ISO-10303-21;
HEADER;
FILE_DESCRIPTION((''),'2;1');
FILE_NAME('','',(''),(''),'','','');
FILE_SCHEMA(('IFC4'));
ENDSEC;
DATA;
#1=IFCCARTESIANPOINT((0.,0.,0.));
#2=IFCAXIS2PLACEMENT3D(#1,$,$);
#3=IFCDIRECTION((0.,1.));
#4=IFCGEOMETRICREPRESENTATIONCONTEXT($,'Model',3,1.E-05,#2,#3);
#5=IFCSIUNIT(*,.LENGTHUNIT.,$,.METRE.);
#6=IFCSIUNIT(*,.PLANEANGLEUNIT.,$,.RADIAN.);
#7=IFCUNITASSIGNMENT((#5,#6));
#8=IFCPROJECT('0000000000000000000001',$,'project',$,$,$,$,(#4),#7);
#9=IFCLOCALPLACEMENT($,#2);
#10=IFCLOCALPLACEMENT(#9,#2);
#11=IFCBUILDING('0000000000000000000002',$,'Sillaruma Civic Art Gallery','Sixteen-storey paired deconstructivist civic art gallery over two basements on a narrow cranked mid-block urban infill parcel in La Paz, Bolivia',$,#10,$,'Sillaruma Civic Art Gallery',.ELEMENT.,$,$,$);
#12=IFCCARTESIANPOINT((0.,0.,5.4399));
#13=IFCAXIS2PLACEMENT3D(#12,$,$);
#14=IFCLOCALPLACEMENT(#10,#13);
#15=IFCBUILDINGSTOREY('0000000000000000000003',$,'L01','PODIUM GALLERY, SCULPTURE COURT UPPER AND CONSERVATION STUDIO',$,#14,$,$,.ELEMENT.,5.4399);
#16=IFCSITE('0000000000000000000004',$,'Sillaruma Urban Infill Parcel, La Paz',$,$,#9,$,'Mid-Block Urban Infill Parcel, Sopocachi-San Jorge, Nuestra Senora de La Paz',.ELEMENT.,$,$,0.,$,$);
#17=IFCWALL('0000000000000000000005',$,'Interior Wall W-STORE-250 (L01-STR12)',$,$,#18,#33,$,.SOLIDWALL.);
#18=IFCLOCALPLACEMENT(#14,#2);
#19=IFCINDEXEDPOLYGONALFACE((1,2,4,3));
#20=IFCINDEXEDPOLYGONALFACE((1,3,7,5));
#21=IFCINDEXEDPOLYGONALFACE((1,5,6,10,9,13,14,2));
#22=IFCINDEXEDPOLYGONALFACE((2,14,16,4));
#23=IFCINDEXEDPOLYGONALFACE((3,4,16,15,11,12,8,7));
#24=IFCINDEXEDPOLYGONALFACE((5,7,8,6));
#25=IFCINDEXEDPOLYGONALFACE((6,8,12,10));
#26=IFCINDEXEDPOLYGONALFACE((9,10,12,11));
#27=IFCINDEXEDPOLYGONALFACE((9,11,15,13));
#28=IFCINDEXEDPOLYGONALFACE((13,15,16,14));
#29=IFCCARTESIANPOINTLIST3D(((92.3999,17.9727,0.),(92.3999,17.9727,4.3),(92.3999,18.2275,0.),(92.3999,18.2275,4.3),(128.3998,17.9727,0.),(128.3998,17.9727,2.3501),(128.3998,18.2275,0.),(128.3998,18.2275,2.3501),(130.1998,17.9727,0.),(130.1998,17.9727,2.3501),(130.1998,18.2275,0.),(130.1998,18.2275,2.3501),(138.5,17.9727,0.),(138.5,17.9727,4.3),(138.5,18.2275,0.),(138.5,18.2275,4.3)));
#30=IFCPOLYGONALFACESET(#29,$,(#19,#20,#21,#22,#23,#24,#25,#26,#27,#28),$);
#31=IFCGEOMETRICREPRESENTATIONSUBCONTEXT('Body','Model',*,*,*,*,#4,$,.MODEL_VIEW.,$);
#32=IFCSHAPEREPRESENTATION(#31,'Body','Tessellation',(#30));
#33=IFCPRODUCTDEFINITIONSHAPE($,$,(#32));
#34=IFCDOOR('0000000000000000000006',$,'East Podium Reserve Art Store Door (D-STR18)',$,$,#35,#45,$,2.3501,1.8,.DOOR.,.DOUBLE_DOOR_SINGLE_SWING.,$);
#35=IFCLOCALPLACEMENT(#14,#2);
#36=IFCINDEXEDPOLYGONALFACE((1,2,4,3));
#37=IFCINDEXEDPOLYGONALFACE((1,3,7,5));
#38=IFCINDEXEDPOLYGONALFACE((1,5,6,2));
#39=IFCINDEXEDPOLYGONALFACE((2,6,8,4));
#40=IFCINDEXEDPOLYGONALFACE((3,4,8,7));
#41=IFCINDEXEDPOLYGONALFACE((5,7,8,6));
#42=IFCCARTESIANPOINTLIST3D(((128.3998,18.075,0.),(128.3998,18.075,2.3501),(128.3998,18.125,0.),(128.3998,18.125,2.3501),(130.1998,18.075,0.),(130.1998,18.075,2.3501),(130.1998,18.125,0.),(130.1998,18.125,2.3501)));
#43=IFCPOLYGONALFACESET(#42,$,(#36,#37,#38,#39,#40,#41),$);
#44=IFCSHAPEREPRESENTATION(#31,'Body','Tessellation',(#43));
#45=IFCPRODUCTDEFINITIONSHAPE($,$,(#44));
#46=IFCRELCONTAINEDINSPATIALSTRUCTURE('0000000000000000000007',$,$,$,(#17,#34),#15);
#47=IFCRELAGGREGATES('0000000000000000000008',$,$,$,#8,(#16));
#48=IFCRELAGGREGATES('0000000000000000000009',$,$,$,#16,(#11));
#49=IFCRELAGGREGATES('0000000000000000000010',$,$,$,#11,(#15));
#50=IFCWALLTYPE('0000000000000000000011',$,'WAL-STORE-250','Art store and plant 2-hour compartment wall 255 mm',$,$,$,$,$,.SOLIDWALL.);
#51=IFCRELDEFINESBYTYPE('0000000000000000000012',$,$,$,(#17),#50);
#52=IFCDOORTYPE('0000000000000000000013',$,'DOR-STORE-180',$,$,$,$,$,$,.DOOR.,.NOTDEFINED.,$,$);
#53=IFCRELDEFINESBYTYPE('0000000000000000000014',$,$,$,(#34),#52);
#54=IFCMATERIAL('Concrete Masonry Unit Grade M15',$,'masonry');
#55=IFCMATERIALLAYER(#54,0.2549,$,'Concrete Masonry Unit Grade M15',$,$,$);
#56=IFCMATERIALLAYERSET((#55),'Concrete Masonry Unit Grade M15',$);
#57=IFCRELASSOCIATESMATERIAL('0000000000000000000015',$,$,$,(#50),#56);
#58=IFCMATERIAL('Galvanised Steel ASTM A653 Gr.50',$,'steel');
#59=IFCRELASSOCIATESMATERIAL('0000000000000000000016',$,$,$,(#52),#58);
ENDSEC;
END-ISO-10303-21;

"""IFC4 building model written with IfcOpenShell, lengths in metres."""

from ifc_helpers import new_model, si_unit, direction, frame, frame_2d, origin, place, context, subcontext, project, spatial, rectangle, extrude, material, layer, layer_set, type_object, element, fill, save


model = new_model("IFC4")

# Units and contexts
model_context = context("Model", 3, precision=1e-05, world=origin(), true_north=direction((0.0, 1.0)))
body_context = subcontext(model_context, "Body", "Model", "MODEL_VIEW")
ifc_project = project(units=[si_unit("LENGTHUNIT", "METRE"), si_unit("PLANEANGLEUNIT", "RADIAN")], contexts=[model_context])

# Site, building, storey
site_placement = place(None, origin())
site = spatial("IfcSite", under=ifc_project, at=site_placement, Name="Sillaruma Urban Infill Parcel, La Paz", LongName="Mid-Block Urban Infill Parcel, Sopocachi-San Jorge, Nuestra Senora de La Paz", CompositionType="ELEMENT", RefElevation=0.0)
building_placement = place(site_placement, origin())
building = spatial("IfcBuilding", under=site, at=building_placement, Name="Sillaruma Civic Art Gallery", Description="Sixteen-storey paired deconstructivist civic art gallery over two basements on a narrow cranked mid-block urban infill parcel in La Paz, Bolivia", LongName="Sillaruma Civic Art Gallery", CompositionType="ELEMENT")
storey_placement = place(building_placement, frame((0.0, 0.0, 5.4399)))
storey = spatial("IfcBuildingStorey", under=building, at=storey_placement, Name="L01", Description="PODIUM GALLERY, SCULPTURE COURT UPPER AND CONSERVATION STUDIO", CompositionType="ELEMENT", Elevation=5.4399)

# Wall, opening, door
ifc_material_1 = material(Name="Concrete Masonry Unit Grade M15", Category="masonry")
ifc_layer_1 = layer(ifc_material_1, 0.2549, Name="Concrete Masonry Unit Grade M15")
ifc_layer_set_1 = layer_set([ifc_layer_1], Name="Concrete Masonry Unit Grade M15")
wall_type_1 = type_object("IfcWallType", Name="WAL-STORE-250", Description="Art store and plant 2-hour compartment wall 255 mm", PredefinedType="SOLIDWALL", material=ifc_layer_set_1)
wall_1_placement = place(storey_placement, frame((92.3999, 18.1001, 0.0), z_axis=(0.0, 0.0, 1.0), x_axis=(1.0, 0.0, 0.0)))
wall_1 = element("IfcWall", 1, at=wall_1_placement, inside=storey, type_object=wall_type_1, Name="Interior Wall W-STORE-250 (L01-STR12)", PredefinedType="SOLIDWALL", context=body_context, shape_type="SweptSolid", body=[
    extrude(rectangle(XDim=46.1001, YDim=0.2549, at=frame_2d((23.05, 0.0))), origin(), (0.0, 0.0, 1.0), 4.3),
])
opening_1_placement = place(wall_1_placement, frame((36.0, 0.0, 0.0)))
opening_1 = element("IfcOpeningElement", 2, at=opening_1_placement, cuts=wall_1, PredefinedType="OPENING", context=body_context, shape_type="SweptSolid", body=[
    extrude(rectangle(XDim=1.8, YDim=2.3501, at=frame_2d((0.8999, 1.175))), frame((0.0, 0.1375, 0.0), z_axis=(0.0, -1.0, 0.0), x_axis=(1.0, 0.0, 0.0)), (0.0, 0.0, 1.0), 0.2749),
])
ifc_material_2 = material(Name="Galvanised Steel ASTM A653 Gr.50", Category="steel")
door_type = type_object("IfcDoorType", Name="DOR-STORE-180", OperationType="NOTDEFINED", PredefinedType="DOOR", material=ifc_material_2)
door_placement = place(opening_1_placement, origin())
door = element("IfcDoor", 3, at=door_placement, inside=storey, type_object=door_type, Name="East Podium Reserve Art Store Door (D-STR18)", OperationType="DOUBLE_DOOR_SINGLE_SWING", OverallHeight=2.3501, OverallWidth=1.8, PredefinedType="DOOR", context=body_context, shape_type="SweptSolid", body=[
    extrude(rectangle(XDim=1.8, YDim=2.3501, at=frame_2d((0.8999, 1.175))), frame((0.0, 0.0249, 0.0), z_axis=(0.0, -1.0, 0.0), x_axis=(1.0, 0.0, 0.0)), (0.0, 0.0, 1.0), 0.05),
])
fill(opening_1, door)

save(model, "model.ifc")
